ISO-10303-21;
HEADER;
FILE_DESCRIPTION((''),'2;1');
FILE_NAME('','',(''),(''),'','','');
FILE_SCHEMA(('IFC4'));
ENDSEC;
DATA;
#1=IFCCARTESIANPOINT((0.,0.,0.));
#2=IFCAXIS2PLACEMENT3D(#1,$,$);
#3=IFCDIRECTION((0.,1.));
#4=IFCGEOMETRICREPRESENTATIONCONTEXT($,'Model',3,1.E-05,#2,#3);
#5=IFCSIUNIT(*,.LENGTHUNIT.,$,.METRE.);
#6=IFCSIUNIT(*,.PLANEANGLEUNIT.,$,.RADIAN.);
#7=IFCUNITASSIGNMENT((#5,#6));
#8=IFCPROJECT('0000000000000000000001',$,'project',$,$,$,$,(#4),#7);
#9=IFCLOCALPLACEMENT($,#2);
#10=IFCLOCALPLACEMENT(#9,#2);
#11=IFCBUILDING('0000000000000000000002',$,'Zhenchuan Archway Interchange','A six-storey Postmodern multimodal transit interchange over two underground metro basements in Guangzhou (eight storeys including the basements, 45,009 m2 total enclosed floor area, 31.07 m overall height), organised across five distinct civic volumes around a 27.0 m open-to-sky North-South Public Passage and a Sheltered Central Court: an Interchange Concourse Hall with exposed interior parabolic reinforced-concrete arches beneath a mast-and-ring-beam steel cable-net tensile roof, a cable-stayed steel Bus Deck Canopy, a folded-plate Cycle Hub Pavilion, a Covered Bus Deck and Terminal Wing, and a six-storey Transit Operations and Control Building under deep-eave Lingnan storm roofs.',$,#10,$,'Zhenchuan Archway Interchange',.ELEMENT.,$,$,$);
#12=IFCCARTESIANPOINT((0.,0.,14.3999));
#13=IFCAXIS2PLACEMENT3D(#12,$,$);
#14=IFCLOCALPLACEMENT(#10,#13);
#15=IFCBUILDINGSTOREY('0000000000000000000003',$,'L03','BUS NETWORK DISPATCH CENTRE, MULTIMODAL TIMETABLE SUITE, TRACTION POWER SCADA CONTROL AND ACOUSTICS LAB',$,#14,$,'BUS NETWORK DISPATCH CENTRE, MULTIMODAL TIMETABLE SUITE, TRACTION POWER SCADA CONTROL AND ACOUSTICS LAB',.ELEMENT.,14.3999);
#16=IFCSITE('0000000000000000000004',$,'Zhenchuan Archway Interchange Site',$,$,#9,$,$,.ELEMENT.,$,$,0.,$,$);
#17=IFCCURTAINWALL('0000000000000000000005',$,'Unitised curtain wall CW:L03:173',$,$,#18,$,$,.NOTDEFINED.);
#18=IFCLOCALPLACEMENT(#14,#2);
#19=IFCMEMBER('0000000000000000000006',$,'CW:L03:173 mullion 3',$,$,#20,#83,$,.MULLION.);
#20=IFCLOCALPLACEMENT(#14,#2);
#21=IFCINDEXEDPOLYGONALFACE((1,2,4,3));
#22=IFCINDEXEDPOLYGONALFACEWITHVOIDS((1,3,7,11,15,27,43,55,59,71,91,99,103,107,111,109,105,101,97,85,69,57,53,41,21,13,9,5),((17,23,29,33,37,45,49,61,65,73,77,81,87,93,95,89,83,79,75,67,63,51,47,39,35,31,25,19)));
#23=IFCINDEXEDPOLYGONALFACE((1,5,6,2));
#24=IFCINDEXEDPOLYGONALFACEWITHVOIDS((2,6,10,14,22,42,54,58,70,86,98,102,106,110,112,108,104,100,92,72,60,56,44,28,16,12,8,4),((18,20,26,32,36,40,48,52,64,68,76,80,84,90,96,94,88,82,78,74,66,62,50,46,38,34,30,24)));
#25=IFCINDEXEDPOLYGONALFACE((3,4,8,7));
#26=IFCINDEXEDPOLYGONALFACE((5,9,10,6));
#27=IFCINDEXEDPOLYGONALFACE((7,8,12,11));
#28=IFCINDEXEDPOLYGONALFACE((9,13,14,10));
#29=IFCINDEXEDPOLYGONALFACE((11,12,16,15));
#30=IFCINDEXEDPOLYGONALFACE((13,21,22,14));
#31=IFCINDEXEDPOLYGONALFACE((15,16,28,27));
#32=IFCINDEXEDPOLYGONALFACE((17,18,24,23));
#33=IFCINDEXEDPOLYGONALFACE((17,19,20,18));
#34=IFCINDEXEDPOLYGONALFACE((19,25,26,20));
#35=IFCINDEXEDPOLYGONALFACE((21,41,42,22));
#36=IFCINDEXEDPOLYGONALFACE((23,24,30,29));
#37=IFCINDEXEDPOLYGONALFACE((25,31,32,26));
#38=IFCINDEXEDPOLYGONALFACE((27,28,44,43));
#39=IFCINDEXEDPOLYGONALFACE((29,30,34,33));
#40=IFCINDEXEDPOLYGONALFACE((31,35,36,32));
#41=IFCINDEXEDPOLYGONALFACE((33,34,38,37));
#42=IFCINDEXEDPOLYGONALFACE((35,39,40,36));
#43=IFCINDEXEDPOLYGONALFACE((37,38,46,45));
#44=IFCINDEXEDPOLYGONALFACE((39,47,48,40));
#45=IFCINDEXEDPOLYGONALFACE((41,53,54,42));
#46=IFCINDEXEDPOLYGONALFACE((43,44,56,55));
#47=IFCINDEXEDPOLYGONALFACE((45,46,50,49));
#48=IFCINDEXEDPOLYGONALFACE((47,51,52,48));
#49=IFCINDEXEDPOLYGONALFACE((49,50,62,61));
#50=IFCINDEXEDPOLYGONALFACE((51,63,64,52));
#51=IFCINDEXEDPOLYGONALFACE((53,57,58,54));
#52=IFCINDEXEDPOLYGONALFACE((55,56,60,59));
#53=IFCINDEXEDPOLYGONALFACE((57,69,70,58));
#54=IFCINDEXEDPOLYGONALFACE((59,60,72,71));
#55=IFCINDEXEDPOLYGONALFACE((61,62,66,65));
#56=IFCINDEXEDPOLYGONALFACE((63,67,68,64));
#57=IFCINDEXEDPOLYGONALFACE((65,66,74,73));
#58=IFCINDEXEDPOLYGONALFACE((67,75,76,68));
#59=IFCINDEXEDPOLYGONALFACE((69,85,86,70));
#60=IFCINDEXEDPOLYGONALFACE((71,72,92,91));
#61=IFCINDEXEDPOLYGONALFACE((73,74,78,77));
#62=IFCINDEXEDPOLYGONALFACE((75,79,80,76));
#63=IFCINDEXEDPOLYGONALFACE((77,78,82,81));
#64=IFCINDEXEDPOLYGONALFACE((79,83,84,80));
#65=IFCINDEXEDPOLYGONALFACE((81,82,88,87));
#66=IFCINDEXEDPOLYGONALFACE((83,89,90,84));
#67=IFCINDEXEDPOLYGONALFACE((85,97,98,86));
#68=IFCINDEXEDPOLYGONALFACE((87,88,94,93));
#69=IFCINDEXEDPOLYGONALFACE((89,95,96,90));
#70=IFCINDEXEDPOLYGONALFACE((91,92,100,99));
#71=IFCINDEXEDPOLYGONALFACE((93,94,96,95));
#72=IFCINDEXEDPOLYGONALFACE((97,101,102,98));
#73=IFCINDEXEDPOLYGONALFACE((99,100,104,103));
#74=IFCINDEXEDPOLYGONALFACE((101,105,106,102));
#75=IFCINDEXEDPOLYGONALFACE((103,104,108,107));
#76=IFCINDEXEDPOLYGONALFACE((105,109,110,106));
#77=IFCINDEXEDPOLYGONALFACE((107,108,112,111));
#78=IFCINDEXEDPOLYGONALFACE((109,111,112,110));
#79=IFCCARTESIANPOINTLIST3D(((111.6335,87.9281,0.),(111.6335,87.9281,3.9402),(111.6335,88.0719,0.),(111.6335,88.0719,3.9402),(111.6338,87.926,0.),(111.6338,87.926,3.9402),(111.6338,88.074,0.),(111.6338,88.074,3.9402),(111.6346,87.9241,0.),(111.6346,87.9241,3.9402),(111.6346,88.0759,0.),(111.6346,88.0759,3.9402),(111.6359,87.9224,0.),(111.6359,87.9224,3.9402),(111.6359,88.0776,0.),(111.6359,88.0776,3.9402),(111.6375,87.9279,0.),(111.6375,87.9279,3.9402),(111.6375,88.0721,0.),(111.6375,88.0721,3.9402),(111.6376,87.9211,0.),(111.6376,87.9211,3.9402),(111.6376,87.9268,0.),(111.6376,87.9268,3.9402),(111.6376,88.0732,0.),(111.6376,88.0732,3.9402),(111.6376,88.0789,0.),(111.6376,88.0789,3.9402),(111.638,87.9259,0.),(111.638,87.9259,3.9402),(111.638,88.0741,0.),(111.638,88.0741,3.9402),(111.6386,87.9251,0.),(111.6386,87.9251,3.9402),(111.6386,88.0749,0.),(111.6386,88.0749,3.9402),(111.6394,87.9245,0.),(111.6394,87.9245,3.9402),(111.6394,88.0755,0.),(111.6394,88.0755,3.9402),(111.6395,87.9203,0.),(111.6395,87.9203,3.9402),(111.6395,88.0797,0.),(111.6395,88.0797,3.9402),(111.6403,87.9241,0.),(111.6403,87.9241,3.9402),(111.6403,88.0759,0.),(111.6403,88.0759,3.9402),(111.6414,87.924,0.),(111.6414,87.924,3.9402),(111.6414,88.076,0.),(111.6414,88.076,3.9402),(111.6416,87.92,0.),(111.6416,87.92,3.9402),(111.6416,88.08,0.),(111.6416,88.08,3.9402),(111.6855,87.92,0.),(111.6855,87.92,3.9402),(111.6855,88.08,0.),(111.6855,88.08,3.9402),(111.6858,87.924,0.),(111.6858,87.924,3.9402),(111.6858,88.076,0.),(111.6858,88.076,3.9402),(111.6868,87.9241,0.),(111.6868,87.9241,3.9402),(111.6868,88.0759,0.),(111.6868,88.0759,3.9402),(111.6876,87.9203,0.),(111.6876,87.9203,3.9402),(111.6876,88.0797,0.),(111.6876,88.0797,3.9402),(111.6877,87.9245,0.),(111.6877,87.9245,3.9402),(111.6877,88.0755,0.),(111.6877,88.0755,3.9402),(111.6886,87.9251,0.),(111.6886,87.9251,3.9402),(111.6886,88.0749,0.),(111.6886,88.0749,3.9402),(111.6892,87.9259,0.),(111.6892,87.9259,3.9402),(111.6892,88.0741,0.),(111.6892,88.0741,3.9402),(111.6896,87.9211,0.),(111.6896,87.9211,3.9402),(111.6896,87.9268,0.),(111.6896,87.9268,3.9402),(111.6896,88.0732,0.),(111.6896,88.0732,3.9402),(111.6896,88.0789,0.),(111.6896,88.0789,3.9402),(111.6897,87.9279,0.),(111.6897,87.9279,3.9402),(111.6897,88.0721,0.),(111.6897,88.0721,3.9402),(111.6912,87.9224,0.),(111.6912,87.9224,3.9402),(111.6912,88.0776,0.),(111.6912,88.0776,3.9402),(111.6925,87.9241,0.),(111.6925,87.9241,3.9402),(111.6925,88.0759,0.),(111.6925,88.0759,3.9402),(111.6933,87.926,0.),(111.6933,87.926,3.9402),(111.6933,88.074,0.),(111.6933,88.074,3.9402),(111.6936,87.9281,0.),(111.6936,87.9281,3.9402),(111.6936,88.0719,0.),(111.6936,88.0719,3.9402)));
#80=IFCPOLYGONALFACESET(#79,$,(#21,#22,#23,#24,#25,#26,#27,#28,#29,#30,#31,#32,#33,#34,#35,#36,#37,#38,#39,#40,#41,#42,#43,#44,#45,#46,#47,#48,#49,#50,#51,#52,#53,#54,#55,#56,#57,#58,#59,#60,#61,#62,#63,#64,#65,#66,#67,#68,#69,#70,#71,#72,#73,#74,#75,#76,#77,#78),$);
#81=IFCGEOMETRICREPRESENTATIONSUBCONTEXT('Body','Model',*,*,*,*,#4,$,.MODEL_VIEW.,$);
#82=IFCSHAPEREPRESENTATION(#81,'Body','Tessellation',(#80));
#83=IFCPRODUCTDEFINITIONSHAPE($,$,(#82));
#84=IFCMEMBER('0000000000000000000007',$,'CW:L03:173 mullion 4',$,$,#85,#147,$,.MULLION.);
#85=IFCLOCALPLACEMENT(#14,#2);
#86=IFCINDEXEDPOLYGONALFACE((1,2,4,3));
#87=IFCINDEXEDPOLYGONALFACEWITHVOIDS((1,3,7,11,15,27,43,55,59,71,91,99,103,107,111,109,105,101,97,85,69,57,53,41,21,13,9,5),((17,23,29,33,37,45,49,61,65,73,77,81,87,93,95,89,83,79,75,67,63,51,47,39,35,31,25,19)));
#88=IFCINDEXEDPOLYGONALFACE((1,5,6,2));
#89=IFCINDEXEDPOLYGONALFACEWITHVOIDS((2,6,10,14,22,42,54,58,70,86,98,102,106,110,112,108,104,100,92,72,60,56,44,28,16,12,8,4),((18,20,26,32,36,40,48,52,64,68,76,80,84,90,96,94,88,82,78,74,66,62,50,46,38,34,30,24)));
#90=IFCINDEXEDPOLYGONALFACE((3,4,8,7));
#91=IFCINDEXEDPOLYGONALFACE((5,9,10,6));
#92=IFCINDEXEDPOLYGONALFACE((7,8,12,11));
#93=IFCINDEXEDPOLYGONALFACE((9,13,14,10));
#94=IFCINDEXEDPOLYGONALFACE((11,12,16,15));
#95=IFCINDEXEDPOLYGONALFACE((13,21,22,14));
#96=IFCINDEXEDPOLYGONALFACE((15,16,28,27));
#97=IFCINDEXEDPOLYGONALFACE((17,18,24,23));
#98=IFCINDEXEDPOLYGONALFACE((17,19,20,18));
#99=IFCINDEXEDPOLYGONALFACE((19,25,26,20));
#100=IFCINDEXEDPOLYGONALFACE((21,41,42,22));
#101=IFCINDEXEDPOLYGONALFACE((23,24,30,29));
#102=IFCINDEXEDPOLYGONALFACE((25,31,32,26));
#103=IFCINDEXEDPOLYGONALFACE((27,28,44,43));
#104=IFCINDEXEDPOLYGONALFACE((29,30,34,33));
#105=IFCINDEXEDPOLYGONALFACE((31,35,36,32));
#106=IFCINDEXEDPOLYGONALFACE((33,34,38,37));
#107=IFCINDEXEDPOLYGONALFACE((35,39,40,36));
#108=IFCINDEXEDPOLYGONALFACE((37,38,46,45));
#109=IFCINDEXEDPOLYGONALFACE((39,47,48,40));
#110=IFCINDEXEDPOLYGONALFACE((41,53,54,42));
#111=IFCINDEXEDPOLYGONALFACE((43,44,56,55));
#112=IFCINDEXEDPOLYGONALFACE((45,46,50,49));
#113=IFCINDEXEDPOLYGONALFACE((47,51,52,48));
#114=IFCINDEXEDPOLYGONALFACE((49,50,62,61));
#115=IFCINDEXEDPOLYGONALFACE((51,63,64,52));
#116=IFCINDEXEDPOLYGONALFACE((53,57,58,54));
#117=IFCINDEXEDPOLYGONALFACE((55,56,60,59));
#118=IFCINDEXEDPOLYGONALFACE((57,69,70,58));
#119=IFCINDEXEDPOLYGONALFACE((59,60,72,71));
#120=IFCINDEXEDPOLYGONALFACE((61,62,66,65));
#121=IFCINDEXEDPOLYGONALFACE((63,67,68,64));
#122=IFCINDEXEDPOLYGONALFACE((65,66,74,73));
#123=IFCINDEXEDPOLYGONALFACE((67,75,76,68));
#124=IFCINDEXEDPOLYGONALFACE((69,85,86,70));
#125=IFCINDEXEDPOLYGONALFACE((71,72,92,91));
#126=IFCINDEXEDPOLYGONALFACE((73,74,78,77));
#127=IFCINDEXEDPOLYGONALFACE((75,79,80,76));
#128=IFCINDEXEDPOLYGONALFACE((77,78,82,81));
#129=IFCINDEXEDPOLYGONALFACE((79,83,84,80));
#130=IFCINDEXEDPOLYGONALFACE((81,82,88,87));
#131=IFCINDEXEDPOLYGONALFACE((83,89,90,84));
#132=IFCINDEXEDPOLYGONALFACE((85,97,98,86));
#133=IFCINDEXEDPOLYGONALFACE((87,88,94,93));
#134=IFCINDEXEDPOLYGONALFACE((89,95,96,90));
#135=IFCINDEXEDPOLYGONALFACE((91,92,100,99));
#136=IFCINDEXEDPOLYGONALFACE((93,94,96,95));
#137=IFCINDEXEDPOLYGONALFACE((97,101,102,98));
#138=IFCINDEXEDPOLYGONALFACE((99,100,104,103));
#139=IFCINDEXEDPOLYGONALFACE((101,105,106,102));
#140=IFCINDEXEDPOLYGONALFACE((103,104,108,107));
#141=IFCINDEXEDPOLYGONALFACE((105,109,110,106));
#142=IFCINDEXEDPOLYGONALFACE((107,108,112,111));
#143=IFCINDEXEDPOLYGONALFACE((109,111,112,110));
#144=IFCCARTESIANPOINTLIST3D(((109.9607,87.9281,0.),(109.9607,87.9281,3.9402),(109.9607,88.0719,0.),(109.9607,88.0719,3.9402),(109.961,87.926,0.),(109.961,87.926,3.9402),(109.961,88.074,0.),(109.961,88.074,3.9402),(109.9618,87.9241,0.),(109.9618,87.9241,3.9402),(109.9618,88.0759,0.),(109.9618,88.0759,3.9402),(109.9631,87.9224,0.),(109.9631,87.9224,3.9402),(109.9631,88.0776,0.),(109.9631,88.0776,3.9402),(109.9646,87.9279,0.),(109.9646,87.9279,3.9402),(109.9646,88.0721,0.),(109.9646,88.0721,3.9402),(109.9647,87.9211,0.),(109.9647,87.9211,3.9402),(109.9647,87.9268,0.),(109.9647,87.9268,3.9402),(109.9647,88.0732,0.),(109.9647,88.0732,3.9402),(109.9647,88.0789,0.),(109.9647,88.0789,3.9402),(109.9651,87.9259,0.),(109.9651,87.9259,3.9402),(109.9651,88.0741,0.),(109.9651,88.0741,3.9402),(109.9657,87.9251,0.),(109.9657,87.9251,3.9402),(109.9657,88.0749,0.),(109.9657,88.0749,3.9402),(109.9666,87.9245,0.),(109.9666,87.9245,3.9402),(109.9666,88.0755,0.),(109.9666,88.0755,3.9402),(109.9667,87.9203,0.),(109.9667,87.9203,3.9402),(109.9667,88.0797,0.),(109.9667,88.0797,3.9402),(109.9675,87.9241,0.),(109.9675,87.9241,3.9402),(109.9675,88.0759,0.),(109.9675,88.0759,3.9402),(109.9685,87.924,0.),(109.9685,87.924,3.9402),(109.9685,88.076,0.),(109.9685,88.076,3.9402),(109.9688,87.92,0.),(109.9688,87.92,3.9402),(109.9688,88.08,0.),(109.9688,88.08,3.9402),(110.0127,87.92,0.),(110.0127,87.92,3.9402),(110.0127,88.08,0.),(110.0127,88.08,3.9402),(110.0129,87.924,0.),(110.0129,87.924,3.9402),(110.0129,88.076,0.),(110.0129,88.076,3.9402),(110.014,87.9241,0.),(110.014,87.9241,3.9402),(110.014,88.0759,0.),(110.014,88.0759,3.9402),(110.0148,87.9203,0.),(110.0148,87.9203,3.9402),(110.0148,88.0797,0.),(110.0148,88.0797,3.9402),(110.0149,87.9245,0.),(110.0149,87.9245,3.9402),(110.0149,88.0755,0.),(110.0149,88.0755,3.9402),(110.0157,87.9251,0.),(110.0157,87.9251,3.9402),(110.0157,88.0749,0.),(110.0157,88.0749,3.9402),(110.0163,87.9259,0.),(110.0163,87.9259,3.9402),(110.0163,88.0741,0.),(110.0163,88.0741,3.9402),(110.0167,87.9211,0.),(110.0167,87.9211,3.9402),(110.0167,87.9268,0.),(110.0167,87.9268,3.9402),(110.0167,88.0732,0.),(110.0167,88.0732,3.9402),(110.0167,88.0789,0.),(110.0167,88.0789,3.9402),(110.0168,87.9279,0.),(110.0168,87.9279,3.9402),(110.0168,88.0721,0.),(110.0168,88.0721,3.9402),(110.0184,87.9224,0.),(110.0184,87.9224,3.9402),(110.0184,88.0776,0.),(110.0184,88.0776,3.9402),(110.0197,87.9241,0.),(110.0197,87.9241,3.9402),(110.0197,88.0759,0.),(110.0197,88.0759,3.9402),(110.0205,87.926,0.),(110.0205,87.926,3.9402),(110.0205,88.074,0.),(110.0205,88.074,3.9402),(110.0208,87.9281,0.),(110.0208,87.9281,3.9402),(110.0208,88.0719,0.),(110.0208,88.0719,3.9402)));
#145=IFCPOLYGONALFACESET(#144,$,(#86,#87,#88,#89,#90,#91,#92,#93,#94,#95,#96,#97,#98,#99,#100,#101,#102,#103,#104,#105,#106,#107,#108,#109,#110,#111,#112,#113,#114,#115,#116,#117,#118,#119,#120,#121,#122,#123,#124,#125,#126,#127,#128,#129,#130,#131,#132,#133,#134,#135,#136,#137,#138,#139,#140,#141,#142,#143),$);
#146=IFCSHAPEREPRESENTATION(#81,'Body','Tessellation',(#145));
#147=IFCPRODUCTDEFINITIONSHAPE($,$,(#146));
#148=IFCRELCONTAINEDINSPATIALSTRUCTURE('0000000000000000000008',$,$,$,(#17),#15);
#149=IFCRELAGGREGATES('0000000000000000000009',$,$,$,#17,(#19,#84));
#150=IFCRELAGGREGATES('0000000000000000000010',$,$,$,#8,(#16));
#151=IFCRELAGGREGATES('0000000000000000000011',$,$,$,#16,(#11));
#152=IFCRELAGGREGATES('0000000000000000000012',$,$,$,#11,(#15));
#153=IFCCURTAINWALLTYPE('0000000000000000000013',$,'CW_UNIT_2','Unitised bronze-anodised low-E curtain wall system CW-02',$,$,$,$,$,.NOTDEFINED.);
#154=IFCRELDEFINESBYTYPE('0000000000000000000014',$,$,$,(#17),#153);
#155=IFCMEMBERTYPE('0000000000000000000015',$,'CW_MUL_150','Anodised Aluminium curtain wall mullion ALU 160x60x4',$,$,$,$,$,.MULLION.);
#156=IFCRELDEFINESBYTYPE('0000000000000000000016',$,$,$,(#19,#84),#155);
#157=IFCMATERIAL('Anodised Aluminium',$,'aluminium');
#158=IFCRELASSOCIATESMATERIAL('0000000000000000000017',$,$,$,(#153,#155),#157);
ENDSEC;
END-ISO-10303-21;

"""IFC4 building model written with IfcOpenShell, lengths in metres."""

from ifc_helpers import new_model, si_unit, direction, frame, origin, origin_2d, place, context, subcontext, project, spatial, hollow_rectangle, extrude, material, material_profile, profile_set, type_object, element, aggregate, save


model = new_model("IFC4")

# Units and contexts
model_context = context("Model", 3, precision=1e-05, world=origin(), true_north=direction((0.0, 1.0)))
body_context = subcontext(model_context, "Body", "Model", "MODEL_VIEW")
ifc_project = project(units=[si_unit("LENGTHUNIT", "METRE"), si_unit("PLANEANGLEUNIT", "RADIAN")], contexts=[model_context])

# Site, building, storey
site_placement = place(None, origin())
site = spatial("IfcSite", under=ifc_project, at=site_placement, Name="Zhenchuan Archway Interchange Site", CompositionType="ELEMENT", RefElevation=0.0)
building_placement = place(site_placement, origin())
building = spatial("IfcBuilding", under=site, at=building_placement, Name="Zhenchuan Archway Interchange", Description="A six-storey Postmodern multimodal transit interchange over two underground metro basements in Guangzhou (eight storeys including the basements, 45,009 m2 total enclosed floor area, 31.07 m overall height), organised across five distinct civic volumes around a 27.0 m open-to-sky North-South Public Passage and a Sheltered Central Court: an Interchange Concourse Hall with exposed interior parabolic reinforced-concrete arches beneath a mast-and-ring-beam steel cable-net tensile roof, a cable-stayed steel Bus Deck Canopy, a folded-plate Cycle Hub Pavilion, a Covered Bus Deck and Terminal Wing, and a six-storey Transit Operations and Control Building under deep-eave Lingnan storm roofs.", LongName="Zhenchuan Archway Interchange", CompositionType="ELEMENT")
storey_placement = place(building_placement, frame((0.0, 0.0, 14.3999)))
storey = spatial("IfcBuildingStorey", under=building, at=storey_placement, Name="L03", Description="BUS NETWORK DISPATCH CENTRE, MULTIMODAL TIMETABLE SUITE, TRACTION POWER SCADA CONTROL AND ACOUSTICS LAB", LongName="BUS NETWORK DISPATCH CENTRE, MULTIMODAL TIMETABLE SUITE, TRACTION POWER SCADA CONTROL AND ACOUSTICS LAB", CompositionType="ELEMENT", Elevation=14.3999)

# Curtain wall, members
ifc_material_1 = material(Name="Anodised Aluminium", Category="aluminium")
curtain_wall_type = type_object("IfcCurtainWallType", Name="CW_UNIT_2", Description="Unitised bronze-anodised low-E curtain wall system CW-02", PredefinedType="NOTDEFINED", material=ifc_material_1)
curtain_wall_placement = place(storey_placement, origin())
curtain_wall = element("IfcCurtainWall", 1, at=curtain_wall_placement, inside=storey, type_object=curtain_wall_type, Name="Unitised curtain wall CW:L03:173", PredefinedType="NOTDEFINED")
ifc_material_profile_1 = material_profile(ifc_material_1, hollow_rectangle(XDim=0.0601, YDim=0.1599, WallThickness=0.0039, InnerFilletRadius=0.0039, OuterFilletRadius=0.0081, at=origin_2d()), Name="ALU 160x60x4")
ifc_profile_set_1 = profile_set([ifc_material_profile_1], Name="Anodised Aluminium")
member_type_1 = type_object("IfcMemberType", Name="CW_MUL_150", Description="Anodised Aluminium curtain wall mullion ALU 160x60x4", PredefinedType="MULLION", material=ifc_profile_set_1)
member_1_placement = place(storey_placement, frame((111.6636, 88.0, 0.0), z_axis=(0.0, 0.0, 1.0), x_axis=(1.0, 0.0, 0.0)))
member_1 = element("IfcMember", 2, at=member_1_placement, type_object=member_type_1, Name="CW:L03:173 mullion 3", PredefinedType="MULLION", context=body_context, shape_type="SweptSolid", body=[
    extrude(hollow_rectangle(XDim=0.0601, YDim=0.1599, WallThickness=0.0039, InnerFilletRadius=0.0039, OuterFilletRadius=0.0081, at=origin_2d()), origin(), (0.0, 0.0, 1.0), 3.9402),
])
member_2_placement = place(storey_placement, frame((109.9907, 88.0, 0.0), z_axis=(0.0, 0.0, 1.0), x_axis=(1.0, 0.0, 0.0)))
member_2 = element("IfcMember", 3, at=member_2_placement, type_object=member_type_1, Name="CW:L03:173 mullion 4", PredefinedType="MULLION", context=body_context, shape_type="SweptSolid", body=[
    extrude(hollow_rectangle(XDim=0.0601, YDim=0.1599, WallThickness=0.0039, InnerFilletRadius=0.0039, OuterFilletRadius=0.0081, at=origin_2d()), origin(), (0.0, 0.0, 1.0), 3.9402),
])

aggregate(curtain_wall, [member_1, member_2])

save(model, "model.ifc")
